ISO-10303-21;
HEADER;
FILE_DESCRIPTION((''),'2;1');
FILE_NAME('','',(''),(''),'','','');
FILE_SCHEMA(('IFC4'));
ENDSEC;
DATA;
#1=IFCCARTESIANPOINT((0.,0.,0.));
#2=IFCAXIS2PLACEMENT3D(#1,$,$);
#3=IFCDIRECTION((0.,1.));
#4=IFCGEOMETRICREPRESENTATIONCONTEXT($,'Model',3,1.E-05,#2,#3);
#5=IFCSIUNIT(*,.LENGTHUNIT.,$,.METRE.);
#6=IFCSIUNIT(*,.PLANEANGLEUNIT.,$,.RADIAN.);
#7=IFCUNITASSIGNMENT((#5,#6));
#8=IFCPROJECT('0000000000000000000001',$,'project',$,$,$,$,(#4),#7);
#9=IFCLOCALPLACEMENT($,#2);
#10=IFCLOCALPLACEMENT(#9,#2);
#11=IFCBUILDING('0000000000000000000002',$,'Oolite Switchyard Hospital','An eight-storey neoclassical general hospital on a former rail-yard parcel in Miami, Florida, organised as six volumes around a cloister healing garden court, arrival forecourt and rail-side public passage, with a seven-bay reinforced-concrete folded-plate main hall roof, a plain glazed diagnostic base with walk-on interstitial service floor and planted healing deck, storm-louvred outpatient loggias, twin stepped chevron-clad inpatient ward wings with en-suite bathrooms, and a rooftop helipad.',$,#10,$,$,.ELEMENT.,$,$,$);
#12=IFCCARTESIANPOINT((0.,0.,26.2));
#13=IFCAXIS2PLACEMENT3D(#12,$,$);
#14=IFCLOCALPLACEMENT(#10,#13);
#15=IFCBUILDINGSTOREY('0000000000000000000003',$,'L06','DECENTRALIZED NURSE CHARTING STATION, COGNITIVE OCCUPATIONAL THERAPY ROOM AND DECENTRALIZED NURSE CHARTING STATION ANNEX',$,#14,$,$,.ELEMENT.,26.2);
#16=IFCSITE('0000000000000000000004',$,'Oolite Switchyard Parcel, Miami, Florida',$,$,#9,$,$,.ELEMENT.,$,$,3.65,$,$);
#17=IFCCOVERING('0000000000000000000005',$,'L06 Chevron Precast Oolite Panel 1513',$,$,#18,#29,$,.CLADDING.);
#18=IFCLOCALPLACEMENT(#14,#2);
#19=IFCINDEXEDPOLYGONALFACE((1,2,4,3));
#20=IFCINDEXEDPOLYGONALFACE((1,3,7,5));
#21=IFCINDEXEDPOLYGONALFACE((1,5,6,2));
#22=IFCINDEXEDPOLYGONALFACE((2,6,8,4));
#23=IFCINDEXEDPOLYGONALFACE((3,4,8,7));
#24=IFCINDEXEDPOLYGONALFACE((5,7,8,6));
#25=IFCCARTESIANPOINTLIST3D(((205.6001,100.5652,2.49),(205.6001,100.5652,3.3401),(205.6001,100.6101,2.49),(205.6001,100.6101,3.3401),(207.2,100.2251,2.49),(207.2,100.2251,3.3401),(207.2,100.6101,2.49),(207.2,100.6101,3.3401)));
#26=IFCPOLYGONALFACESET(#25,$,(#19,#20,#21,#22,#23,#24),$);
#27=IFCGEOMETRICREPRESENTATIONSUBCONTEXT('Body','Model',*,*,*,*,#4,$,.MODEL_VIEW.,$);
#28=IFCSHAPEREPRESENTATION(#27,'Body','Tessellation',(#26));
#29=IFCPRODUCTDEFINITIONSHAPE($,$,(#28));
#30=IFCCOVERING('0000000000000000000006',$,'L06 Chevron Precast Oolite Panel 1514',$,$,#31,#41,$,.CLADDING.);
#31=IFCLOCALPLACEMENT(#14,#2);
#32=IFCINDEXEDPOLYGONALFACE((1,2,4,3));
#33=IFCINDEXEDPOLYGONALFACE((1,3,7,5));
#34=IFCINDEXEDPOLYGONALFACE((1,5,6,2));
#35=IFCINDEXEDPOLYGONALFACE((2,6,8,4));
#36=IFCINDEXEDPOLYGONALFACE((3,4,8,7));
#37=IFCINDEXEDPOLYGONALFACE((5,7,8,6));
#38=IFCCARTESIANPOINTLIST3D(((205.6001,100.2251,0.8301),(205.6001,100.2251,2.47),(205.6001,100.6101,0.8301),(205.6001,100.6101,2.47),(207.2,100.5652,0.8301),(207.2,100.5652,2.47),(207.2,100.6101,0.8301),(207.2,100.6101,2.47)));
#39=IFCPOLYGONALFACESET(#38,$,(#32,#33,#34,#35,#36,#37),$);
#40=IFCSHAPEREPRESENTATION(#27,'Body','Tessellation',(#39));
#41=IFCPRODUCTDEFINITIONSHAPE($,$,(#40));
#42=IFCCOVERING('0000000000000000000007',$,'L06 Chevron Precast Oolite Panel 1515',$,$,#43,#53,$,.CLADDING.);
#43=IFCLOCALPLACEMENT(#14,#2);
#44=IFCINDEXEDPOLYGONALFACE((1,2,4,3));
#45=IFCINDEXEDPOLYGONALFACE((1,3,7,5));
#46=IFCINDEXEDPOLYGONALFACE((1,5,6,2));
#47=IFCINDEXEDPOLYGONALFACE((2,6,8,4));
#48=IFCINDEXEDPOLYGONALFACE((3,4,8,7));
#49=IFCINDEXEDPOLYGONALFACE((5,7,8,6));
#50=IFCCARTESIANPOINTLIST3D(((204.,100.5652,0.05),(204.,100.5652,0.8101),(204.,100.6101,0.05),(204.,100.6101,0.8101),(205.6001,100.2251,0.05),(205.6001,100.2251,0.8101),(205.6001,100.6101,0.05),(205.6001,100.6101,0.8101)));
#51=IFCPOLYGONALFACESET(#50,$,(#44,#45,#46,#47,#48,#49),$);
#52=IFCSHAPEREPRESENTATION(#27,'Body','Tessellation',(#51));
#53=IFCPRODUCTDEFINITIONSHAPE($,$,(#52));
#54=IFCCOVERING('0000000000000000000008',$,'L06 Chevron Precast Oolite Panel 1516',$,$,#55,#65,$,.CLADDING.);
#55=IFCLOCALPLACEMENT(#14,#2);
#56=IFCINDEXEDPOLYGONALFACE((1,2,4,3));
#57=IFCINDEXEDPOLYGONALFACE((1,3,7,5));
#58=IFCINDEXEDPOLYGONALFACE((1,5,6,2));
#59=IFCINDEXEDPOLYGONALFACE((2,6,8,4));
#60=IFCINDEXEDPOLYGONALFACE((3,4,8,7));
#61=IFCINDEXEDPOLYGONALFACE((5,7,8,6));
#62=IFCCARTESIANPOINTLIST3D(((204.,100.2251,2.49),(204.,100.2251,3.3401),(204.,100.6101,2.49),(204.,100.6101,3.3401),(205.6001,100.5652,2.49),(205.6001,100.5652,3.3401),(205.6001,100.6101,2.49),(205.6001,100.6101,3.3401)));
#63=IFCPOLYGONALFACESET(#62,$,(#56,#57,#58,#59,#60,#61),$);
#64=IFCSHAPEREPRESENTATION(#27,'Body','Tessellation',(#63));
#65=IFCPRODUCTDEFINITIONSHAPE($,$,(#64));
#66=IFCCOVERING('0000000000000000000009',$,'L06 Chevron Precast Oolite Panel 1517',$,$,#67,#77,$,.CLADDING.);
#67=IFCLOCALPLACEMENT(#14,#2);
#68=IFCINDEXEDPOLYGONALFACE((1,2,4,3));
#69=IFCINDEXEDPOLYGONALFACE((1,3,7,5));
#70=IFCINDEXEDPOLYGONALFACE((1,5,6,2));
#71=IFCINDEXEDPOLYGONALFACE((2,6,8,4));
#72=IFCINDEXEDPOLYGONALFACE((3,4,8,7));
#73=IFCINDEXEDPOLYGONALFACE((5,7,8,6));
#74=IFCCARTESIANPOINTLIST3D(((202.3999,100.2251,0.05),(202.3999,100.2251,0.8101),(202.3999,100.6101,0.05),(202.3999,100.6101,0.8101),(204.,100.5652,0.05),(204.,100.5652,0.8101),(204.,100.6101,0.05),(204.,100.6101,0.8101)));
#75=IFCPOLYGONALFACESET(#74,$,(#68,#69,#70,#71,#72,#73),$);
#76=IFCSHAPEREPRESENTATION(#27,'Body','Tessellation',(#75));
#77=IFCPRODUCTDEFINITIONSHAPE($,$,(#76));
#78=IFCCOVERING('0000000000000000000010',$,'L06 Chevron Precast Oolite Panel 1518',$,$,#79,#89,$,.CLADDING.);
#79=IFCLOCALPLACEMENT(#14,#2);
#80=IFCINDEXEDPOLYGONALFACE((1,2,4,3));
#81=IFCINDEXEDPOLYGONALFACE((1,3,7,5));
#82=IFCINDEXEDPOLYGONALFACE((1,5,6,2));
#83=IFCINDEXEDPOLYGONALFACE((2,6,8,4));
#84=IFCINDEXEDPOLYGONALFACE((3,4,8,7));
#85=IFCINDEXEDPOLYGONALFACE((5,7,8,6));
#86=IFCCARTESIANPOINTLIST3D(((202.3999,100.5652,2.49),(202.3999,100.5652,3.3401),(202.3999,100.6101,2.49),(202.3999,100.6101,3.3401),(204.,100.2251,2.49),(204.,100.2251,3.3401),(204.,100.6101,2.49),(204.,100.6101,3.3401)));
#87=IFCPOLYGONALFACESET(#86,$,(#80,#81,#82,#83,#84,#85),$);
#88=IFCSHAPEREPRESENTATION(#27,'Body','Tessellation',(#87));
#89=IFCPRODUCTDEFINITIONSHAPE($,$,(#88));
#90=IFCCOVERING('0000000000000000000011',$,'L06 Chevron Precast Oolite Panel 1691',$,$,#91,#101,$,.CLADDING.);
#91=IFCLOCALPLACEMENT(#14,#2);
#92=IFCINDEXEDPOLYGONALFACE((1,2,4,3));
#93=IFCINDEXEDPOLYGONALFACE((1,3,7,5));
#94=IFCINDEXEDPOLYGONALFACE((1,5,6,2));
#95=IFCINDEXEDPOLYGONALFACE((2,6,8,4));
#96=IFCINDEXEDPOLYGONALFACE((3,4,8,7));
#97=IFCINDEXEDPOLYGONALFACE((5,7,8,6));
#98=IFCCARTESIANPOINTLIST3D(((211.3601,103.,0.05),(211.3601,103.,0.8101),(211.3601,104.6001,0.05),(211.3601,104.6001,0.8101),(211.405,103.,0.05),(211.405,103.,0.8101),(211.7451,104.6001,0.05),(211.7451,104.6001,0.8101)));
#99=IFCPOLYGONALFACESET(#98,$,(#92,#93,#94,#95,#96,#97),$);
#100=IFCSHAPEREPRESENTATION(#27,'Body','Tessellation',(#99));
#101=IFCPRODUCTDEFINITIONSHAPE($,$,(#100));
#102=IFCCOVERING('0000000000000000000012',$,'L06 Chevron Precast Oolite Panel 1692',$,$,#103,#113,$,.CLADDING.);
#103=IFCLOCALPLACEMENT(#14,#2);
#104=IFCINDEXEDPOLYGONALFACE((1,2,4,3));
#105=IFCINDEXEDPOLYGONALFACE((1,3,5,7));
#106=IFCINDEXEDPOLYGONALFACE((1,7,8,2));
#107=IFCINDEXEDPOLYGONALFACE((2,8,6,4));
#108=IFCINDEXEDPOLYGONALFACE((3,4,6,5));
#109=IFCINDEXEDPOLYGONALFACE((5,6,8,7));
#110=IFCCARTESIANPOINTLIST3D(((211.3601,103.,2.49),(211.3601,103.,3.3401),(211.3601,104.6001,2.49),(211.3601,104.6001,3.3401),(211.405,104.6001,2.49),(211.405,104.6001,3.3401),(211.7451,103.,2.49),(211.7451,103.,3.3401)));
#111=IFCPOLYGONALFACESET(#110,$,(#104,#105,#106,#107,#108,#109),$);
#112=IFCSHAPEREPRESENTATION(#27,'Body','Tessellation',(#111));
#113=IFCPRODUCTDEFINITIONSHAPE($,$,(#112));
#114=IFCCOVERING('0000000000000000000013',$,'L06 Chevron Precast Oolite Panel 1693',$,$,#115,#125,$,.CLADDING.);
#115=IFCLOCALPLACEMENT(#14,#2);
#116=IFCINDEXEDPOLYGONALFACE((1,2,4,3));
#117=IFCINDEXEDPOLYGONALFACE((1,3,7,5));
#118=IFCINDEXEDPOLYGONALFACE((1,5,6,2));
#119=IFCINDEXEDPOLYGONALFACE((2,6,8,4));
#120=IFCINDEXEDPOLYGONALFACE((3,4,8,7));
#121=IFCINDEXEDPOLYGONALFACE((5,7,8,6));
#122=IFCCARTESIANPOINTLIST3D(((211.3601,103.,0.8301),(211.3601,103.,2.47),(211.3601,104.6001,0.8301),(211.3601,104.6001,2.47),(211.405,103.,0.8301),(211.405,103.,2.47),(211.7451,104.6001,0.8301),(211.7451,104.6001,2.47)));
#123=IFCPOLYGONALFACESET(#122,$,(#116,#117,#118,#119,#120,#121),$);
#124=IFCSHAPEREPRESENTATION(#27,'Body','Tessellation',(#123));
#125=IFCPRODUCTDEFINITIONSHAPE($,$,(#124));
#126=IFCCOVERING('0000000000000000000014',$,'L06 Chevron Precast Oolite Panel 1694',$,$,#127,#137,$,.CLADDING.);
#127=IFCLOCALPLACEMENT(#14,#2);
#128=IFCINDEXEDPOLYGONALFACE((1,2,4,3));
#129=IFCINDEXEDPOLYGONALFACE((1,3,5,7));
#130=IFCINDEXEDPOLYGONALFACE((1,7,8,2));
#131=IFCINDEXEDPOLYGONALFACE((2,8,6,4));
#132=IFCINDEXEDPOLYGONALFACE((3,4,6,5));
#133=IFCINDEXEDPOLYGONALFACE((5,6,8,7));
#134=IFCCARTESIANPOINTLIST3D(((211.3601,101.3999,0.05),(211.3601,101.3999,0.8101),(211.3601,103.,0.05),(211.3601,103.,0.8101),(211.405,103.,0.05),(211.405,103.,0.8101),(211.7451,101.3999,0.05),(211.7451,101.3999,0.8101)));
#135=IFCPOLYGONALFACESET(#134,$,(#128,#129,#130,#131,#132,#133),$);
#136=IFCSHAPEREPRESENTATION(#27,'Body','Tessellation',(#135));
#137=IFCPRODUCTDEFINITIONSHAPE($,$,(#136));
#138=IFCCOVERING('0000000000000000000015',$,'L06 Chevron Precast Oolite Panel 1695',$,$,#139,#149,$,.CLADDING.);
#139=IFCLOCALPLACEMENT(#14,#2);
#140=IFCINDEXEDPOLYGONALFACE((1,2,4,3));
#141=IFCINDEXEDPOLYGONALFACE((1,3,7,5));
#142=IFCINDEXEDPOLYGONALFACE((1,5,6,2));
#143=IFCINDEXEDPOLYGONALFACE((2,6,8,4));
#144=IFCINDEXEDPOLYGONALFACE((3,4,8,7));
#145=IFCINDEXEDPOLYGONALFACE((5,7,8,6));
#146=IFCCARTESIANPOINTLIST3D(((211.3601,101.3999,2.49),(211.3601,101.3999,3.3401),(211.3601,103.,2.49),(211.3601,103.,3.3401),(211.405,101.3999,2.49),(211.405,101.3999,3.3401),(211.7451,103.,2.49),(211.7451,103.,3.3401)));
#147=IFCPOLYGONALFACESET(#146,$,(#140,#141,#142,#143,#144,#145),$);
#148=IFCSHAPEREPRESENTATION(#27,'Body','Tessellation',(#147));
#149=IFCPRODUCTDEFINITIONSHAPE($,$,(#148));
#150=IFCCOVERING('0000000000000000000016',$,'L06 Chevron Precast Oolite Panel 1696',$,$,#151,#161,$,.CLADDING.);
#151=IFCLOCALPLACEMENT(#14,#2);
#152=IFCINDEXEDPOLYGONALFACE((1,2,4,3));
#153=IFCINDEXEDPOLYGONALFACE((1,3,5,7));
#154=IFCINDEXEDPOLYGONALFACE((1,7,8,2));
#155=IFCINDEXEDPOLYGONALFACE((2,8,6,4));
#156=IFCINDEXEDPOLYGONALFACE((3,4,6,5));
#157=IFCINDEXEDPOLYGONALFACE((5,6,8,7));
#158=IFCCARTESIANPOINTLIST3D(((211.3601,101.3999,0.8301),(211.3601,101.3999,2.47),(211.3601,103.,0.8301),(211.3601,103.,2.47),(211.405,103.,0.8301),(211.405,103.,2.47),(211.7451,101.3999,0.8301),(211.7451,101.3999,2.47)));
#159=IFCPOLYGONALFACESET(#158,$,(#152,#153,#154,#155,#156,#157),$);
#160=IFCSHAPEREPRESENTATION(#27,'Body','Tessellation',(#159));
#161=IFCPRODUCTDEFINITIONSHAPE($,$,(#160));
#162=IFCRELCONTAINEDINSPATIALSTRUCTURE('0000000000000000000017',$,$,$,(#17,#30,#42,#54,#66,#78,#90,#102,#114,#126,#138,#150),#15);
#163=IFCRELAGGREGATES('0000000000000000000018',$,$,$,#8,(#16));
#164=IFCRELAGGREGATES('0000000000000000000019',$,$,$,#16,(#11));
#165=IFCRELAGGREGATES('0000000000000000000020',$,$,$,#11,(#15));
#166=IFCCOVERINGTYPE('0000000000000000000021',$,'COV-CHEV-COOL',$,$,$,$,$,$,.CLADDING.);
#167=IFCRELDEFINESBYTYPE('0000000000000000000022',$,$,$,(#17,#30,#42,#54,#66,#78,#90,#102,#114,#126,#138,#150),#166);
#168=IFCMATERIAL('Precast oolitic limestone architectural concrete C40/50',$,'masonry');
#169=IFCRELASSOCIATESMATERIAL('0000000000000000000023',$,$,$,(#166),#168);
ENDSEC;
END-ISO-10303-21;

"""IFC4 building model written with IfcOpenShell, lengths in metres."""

from ifc_helpers import new_model, si_unit, direction, frame, origin, place, context, subcontext, project, spatial, polyline, outline, extrude, material, type_object, element, save


model = new_model("IFC4")

# Units and contexts
model_context = context("Model", 3, precision=1e-05, world=origin(), true_north=direction((0.0, 1.0)))
body_context = subcontext(model_context, "Body", "Model", "MODEL_VIEW")
ifc_project = project(units=[si_unit("LENGTHUNIT", "METRE"), si_unit("PLANEANGLEUNIT", "RADIAN")], contexts=[model_context])

# Site, building, storey
site_placement = place(None, origin())
site = spatial("IfcSite", under=ifc_project, at=site_placement, Name="Oolite Switchyard Parcel, Miami, Florida", CompositionType="ELEMENT", RefElevation=3.65)
building_placement = place(site_placement, origin())
building = spatial("IfcBuilding", under=site, at=building_placement, Name="Oolite Switchyard Hospital", Description="An eight-storey neoclassical general hospital on a former rail-yard parcel in Miami, Florida, organised as six volumes around a cloister healing garden court, arrival forecourt and rail-side public passage, with a seven-bay reinforced-concrete folded-plate main hall roof, a plain glazed diagnostic base with walk-on interstitial service floor and planted healing deck, storm-louvred outpatient loggias, twin stepped chevron-clad inpatient ward wings with en-suite bathrooms, and a rooftop helipad.", CompositionType="ELEMENT")
storey_placement = place(building_placement, frame((0.0, 0.0, 26.2)))
storey = spatial("IfcBuildingStorey", under=building, at=storey_placement, Name="L06", Description="DECENTRALIZED NURSE CHARTING STATION, COGNITIVE OCCUPATIONAL THERAPY ROOM AND DECENTRALIZED NURSE CHARTING STATION ANNEX", CompositionType="ELEMENT", Elevation=26.2)

# Shared definitions
ifc_material_1 = material(Name="Precast oolitic limestone architectural concrete C40/50", Category="masonry")

# Coverings
covering_type = type_object("IfcCoveringType", Name="COV-CHEV-COOL", PredefinedType="CLADDING", material=ifc_material_1)
covering_1_placement = place(storey_placement, frame((207.2, 100.6101, 2.49), z_axis=(0.0, 0.0, 1.0), x_axis=(-1.0, 0.0, 0.0)))
element("IfcCovering", 1, at=covering_1_placement, inside=storey, type_object=covering_type, Name="L06 Chevron Precast Oolite Panel 1513", PredefinedType="CLADDING", context=body_context, shape_type="SweptSolid", body=[
    extrude(outline(polyline([(0.0, 0.0), (1.5999, 0.0), (1.5999, 0.0449), (0.0, 0.385), (0.0, 0.0)])), origin(), (0.0, 0.0, 1.0), 0.8501),
])
covering_2_placement = place(storey_placement, frame((207.2, 100.6101, 0.8301), z_axis=(0.0, 0.0, 1.0), x_axis=(-1.0, 0.0, 0.0)))
element("IfcCovering", 2, at=covering_2_placement, inside=storey, type_object=covering_type, Name="L06 Chevron Precast Oolite Panel 1514", PredefinedType="CLADDING", context=body_context, shape_type="SweptSolid", body=[
    extrude(outline(polyline([(0.0, 0.0), (1.5999, 0.0), (1.5999, 0.385), (0.0, 0.0449), (0.0, 0.0)])), origin(), (0.0, 0.0, 1.0), 1.6399),
])
covering_3_placement = place(storey_placement, frame((205.6001, 100.6101, 0.05), z_axis=(0.0, 0.0, 1.0), x_axis=(-1.0, 0.0, 0.0)))
element("IfcCovering", 3, at=covering_3_placement, inside=storey, type_object=covering_type, Name="L06 Chevron Precast Oolite Panel 1515", PredefinedType="CLADDING", context=body_context, shape_type="SweptSolid", body=[
    extrude(outline(polyline([(0.0, 0.0), (1.6001, 0.0), (1.6001, 0.0449), (0.0, 0.385), (0.0, 0.0)])), origin(), (0.0, 0.0, 1.0), 0.76),
])
covering_4_placement = place(storey_placement, frame((205.6001, 100.6101, 2.49), z_axis=(0.0, 0.0, 1.0), x_axis=(-1.0, 0.0, 0.0)))
element("IfcCovering", 4, at=covering_4_placement, inside=storey, type_object=covering_type, Name="L06 Chevron Precast Oolite Panel 1516", PredefinedType="CLADDING", context=body_context, shape_type="SweptSolid", body=[
    extrude(outline(polyline([(0.0, 0.0), (1.6001, 0.0), (1.6001, 0.385), (0.0, 0.0449), (0.0, 0.0)])), origin(), (0.0, 0.0, 1.0), 0.8501),
])
covering_5_placement = place(storey_placement, frame((204.0, 100.6101, 0.05), z_axis=(0.0, 0.0, 1.0), x_axis=(-1.0, 0.0, 0.0)))
element("IfcCovering", 5, at=covering_5_placement, inside=storey, type_object=covering_type, Name="L06 Chevron Precast Oolite Panel 1517", PredefinedType="CLADDING", context=body_context, shape_type="SweptSolid", body=[
    extrude(outline(polyline([(0.0, 0.0), (1.6001, 0.0), (1.6001, 0.385), (0.0, 0.0449), (0.0, 0.0)])), origin(), (0.0, 0.0, 1.0), 0.76),
])
covering_6_placement = place(storey_placement, frame((204.0, 100.6101, 2.49), z_axis=(0.0, 0.0, 1.0), x_axis=(-1.0, 0.0, 0.0)))
element("IfcCovering", 6, at=covering_6_placement, inside=storey, type_object=covering_type, Name="L06 Chevron Precast Oolite Panel 1518", PredefinedType="CLADDING", context=body_context, shape_type="SweptSolid", body=[
    extrude(outline(polyline([(0.0, 0.0), (1.6001, 0.0), (1.6001, 0.0449), (0.0, 0.385), (0.0, 0.0)])), origin(), (0.0, 0.0, 1.0), 0.8501),
])
covering_7_placement = place(storey_placement, frame((211.3601, 104.6001, 0.05), z_axis=(0.0, 0.0, 1.0), x_axis=(0.0, -1.0, 0.0)))
element("IfcCovering", 7, at=covering_7_placement, inside=storey, type_object=covering_type, Name="L06 Chevron Precast Oolite Panel 1691", PredefinedType="CLADDING", context=body_context, shape_type="SweptSolid", body=[
    extrude(outline(polyline([(0.0, 0.0), (1.6001, 0.0), (1.6001, 0.0449), (0.0, 0.385), (0.0, 0.0)])), origin(), (0.0, 0.0, 1.0), 0.76),
])
covering_8_placement = place(storey_placement, frame((211.3601, 104.6001, 2.49), z_axis=(0.0, 0.0, 1.0), x_axis=(0.0, -1.0, 0.0)))
element("IfcCovering", 8, at=covering_8_placement, inside=storey, type_object=covering_type, Name="L06 Chevron Precast Oolite Panel 1692", PredefinedType="CLADDING", context=body_context, shape_type="SweptSolid", body=[
    extrude(outline(polyline([(0.0, 0.0), (1.6001, 0.0), (1.6001, 0.385), (0.0, 0.0449), (0.0, 0.0)])), origin(), (0.0, 0.0, 1.0), 0.8501),
])
covering_9_placement = place(storey_placement, frame((211.3601, 104.6001, 0.8301), z_axis=(0.0, 0.0, 1.0), x_axis=(0.0, -1.0, 0.0)))
element("IfcCovering", 9, at=covering_9_placement, inside=storey, type_object=covering_type, Name="L06 Chevron Precast Oolite Panel 1693", PredefinedType="CLADDING", context=body_context, shape_type="SweptSolid", body=[
    extrude(outline(polyline([(0.0, 0.0), (1.6001, 0.0), (1.6001, 0.0449), (0.0, 0.385), (0.0, 0.0)])), origin(), (0.0, 0.0, 1.0), 1.6399),
])
covering_10_placement = place(storey_placement, frame((211.3601, 103.0, 0.05), z_axis=(0.0, 0.0, 1.0), x_axis=(0.0, -1.0, 0.0)))
element("IfcCovering", 10, at=covering_10_placement, inside=storey, type_object=covering_type, Name="L06 Chevron Precast Oolite Panel 1694", PredefinedType="CLADDING", context=body_context, shape_type="SweptSolid", body=[
    extrude(outline(polyline([(0.0, 0.0), (1.6001, 0.0), (1.6001, 0.385), (0.0, 0.0449), (0.0, 0.0)])), origin(), (0.0, 0.0, 1.0), 0.76),
])
covering_11_placement = place(storey_placement, frame((211.3601, 103.0, 2.49), z_axis=(0.0, 0.0, 1.0), x_axis=(0.0, -1.0, 0.0)))
element("IfcCovering", 11, at=covering_11_placement, inside=storey, type_object=covering_type, Name="L06 Chevron Precast Oolite Panel 1695", PredefinedType="CLADDING", context=body_context, shape_type="SweptSolid", body=[
    extrude(outline(polyline([(0.0, 0.0), (1.6001, 0.0), (1.6001, 0.0449), (0.0, 0.385), (0.0, 0.0)])), origin(), (0.0, 0.0, 1.0), 0.8501),
])
covering_12_placement = place(storey_placement, frame((211.3601, 103.0, 0.8301), z_axis=(0.0, 0.0, 1.0), x_axis=(0.0, -1.0, 0.0)))
element("IfcCovering", 12, at=covering_12_placement, inside=storey, type_object=covering_type, Name="L06 Chevron Precast Oolite Panel 1696", PredefinedType="CLADDING", context=body_context, shape_type="SweptSolid", body=[
    extrude(outline(polyline([(0.0, 0.0), (1.6001, 0.0), (1.6001, 0.385), (0.0, 0.0449), (0.0, 0.0)])), origin(), (0.0, 0.0, 1.0), 1.6399),
])

save(model, "model.ifc")
